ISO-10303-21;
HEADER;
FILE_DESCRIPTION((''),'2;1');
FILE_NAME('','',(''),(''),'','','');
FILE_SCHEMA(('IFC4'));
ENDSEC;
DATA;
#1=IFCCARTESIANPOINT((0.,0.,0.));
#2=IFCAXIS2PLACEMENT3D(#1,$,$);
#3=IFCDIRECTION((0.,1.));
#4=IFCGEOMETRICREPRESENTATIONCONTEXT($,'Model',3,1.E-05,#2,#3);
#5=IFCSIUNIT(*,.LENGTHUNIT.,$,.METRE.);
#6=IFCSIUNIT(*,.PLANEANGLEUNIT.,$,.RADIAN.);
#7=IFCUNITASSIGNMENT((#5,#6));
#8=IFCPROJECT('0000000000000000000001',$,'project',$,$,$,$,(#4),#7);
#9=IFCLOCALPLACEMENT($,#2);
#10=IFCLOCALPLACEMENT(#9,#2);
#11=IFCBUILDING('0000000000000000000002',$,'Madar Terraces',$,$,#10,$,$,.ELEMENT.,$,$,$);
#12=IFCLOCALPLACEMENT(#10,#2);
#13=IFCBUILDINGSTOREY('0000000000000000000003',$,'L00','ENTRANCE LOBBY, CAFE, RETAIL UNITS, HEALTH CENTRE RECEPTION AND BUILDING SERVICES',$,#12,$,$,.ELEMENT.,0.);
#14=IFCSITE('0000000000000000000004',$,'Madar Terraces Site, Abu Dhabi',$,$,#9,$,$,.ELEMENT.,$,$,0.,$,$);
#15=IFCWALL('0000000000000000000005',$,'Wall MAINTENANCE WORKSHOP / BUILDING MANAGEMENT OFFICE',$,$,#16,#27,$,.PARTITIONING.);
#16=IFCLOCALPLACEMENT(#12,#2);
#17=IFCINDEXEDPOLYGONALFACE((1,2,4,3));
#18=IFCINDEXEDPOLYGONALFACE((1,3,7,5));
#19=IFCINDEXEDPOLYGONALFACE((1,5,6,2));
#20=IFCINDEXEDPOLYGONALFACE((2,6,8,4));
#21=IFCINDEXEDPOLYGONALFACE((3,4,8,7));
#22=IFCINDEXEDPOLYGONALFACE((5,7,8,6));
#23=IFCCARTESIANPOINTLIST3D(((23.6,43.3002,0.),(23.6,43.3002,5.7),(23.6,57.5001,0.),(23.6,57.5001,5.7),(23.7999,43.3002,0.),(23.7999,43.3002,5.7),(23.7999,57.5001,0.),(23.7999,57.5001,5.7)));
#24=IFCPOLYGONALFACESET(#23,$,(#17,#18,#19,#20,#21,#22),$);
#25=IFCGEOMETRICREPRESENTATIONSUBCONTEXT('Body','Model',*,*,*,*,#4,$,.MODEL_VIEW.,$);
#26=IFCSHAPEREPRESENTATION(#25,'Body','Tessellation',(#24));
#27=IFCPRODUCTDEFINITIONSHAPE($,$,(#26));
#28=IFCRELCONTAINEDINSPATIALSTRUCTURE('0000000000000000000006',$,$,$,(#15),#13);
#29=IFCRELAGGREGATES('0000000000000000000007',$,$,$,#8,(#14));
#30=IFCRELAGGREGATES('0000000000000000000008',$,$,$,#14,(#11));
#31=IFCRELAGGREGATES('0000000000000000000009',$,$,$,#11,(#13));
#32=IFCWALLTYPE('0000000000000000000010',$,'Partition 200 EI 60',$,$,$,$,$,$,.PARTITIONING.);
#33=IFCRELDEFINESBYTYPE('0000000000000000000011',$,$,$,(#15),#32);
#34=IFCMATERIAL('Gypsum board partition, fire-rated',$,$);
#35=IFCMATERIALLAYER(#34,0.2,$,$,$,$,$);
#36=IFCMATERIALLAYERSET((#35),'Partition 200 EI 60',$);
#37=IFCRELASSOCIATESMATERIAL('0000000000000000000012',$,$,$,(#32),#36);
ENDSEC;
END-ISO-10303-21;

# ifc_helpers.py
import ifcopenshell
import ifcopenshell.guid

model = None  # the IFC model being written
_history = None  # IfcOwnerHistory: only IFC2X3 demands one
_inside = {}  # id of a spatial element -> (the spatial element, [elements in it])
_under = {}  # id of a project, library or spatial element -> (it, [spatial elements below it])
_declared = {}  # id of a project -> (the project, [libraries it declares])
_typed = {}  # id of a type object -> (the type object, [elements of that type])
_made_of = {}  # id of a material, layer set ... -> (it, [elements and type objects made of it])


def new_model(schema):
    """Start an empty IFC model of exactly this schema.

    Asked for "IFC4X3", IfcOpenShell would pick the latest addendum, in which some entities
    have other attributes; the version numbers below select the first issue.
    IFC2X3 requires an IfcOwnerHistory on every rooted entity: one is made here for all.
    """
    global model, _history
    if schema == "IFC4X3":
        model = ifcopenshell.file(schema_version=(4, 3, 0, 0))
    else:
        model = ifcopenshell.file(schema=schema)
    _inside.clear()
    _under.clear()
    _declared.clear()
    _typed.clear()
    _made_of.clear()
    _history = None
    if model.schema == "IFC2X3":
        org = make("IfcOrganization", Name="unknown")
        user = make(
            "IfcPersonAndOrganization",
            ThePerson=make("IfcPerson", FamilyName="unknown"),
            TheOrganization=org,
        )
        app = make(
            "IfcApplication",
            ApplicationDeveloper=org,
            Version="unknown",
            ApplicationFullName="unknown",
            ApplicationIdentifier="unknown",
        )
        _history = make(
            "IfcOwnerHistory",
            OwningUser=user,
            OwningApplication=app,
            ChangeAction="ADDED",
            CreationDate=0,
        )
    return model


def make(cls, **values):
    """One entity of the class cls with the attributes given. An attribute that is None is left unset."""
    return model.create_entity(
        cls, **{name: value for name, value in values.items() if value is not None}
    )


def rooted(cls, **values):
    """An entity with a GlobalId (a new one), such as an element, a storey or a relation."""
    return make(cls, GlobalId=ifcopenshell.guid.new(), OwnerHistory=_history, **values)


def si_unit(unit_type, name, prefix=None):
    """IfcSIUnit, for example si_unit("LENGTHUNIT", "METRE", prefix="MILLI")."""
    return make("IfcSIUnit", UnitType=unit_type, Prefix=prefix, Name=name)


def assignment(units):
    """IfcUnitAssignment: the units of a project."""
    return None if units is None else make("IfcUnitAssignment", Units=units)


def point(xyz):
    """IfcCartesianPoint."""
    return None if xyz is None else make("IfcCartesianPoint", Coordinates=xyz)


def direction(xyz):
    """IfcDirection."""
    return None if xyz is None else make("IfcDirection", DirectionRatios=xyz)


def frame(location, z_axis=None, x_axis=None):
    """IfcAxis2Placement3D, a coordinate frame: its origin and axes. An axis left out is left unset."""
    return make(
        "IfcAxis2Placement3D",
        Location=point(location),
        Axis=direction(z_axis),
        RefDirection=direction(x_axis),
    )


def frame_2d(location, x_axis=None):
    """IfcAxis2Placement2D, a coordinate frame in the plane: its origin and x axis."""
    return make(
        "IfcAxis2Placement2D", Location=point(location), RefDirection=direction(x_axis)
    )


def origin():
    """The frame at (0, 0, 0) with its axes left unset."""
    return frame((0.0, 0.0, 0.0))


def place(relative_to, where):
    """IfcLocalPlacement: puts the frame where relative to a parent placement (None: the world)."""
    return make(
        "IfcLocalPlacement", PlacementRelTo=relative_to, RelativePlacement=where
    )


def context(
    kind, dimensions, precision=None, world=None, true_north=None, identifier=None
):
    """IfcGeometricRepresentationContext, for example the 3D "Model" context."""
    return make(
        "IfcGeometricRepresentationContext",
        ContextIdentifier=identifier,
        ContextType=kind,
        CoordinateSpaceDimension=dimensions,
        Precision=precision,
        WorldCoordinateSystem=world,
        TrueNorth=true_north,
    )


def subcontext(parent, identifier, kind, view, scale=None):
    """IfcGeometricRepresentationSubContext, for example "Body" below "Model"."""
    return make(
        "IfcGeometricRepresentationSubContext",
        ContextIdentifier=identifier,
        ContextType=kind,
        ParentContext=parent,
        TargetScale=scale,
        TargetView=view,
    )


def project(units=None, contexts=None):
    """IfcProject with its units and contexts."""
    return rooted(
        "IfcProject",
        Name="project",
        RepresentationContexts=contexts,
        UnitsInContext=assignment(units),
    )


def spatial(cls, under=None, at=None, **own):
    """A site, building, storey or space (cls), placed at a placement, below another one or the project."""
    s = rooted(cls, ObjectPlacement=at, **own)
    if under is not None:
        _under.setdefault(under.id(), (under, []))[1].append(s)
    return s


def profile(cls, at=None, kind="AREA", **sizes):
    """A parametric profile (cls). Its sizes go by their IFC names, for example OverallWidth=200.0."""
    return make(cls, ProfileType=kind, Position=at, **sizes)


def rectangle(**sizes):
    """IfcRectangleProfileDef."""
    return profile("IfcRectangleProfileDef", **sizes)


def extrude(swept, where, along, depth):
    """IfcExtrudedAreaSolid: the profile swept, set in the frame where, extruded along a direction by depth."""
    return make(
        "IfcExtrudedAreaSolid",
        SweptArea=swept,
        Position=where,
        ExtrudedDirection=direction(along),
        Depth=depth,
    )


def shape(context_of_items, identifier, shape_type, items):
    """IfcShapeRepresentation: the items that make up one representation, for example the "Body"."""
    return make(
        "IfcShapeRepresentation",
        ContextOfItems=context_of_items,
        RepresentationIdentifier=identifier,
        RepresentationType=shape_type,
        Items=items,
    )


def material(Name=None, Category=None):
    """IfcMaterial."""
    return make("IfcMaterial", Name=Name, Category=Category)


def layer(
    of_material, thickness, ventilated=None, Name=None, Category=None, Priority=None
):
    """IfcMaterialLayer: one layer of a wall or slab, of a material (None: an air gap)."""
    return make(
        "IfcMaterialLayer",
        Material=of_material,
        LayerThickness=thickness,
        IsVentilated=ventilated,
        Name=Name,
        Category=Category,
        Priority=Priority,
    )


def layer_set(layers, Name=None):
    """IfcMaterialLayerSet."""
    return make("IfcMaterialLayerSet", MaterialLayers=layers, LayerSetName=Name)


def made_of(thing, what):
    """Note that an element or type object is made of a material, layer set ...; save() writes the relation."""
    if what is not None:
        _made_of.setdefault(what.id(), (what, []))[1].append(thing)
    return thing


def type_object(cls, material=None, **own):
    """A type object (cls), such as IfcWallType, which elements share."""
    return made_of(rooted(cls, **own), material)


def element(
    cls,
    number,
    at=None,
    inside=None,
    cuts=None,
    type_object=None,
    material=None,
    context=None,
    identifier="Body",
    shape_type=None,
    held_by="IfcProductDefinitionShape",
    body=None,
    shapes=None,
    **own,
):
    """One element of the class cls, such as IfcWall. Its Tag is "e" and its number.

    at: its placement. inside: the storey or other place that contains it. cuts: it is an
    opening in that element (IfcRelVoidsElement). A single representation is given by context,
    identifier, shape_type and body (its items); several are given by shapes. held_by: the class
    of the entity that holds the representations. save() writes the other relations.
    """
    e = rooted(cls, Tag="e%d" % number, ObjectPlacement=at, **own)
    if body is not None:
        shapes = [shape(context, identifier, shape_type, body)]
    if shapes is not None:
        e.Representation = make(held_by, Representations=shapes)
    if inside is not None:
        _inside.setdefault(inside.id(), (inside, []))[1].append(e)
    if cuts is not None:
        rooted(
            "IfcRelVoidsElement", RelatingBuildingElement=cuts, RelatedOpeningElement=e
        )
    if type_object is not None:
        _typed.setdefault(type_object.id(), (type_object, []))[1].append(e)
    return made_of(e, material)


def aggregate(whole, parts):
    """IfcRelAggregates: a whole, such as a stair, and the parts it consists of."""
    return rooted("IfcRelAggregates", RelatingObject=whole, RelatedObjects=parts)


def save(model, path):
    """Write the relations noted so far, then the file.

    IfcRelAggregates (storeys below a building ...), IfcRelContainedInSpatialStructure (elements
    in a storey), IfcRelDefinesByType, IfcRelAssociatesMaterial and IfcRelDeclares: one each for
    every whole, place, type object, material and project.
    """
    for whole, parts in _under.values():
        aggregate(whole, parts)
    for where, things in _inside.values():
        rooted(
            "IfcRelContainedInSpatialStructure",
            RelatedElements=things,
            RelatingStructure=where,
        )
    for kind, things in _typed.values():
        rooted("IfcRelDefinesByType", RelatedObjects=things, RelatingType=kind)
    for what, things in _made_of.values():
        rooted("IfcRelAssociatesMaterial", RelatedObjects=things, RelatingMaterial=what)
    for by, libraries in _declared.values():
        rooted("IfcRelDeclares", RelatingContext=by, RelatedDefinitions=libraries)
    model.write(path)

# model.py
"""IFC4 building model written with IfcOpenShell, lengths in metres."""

from ifc_helpers import new_model, si_unit, direction, frame, frame_2d, origin, place, context, subcontext, project, spatial, rectangle, extrude, material, layer, layer_set, type_object, element, save


model = new_model("IFC4")

# Units and contexts
model_context = context("Model", 3, precision=1e-05, world=origin(), true_north=direction((0.0, 1.0)))
body_context = subcontext(model_context, "Body", "Model", "MODEL_VIEW")
ifc_project = project(units=[si_unit("LENGTHUNIT", "METRE"), si_unit("PLANEANGLEUNIT", "RADIAN")], contexts=[model_context])

# Site, building, storey
site_placement = place(None, origin())
site = spatial("IfcSite", under=ifc_project, at=site_placement, Name="Madar Terraces Site, Abu Dhabi", CompositionType="ELEMENT", RefElevation=0.0)
building_placement = place(site_placement, origin())
building = spatial("IfcBuilding", under=site, at=building_placement, Name="Madar Terraces", CompositionType="ELEMENT")
storey_placement = place(building_placement, origin())
storey = spatial("IfcBuildingStorey", under=building, at=storey_placement, Name="L00", Description="ENTRANCE LOBBY, CAFE, RETAIL UNITS, HEALTH CENTRE RECEPTION AND BUILDING SERVICES", CompositionType="ELEMENT", Elevation=0.0)

# Wall
ifc_material_1 = material(Name="Gypsum board partition, fire-rated")
ifc_layer_1 = layer(ifc_material_1, 0.2)
ifc_layer_set_1 = layer_set([ifc_layer_1], Name="Partition 200 EI 60")
wall_type = type_object("IfcWallType", Name="Partition 200 EI 60", PredefinedType="PARTITIONING", material=ifc_layer_set_1)
for number, where, z_axis, x_axis, name in (
    (1, (23.7, 43.3, 0.0), (0.0, 0.0, 1.0), (0.0, 1.0, 0.0), "Wall MAINTENANCE WORKSHOP / BUILDING MANAGEMENT OFFICE"),
):
    element("IfcWall", number, at=place(storey_placement, frame(where, z_axis=z_axis, x_axis=x_axis)), inside=storey, type_object=wall_type, Name=name, PredefinedType="PARTITIONING", context=body_context, shape_type="SweptSolid", body=[
        extrude(rectangle(XDim=14.2, YDim=0.2, at=frame_2d((7.1001, 0.0))), origin(), (0.0, 0.0, 1.0), 5.7),
    ])

save(model, "model.ifc")
